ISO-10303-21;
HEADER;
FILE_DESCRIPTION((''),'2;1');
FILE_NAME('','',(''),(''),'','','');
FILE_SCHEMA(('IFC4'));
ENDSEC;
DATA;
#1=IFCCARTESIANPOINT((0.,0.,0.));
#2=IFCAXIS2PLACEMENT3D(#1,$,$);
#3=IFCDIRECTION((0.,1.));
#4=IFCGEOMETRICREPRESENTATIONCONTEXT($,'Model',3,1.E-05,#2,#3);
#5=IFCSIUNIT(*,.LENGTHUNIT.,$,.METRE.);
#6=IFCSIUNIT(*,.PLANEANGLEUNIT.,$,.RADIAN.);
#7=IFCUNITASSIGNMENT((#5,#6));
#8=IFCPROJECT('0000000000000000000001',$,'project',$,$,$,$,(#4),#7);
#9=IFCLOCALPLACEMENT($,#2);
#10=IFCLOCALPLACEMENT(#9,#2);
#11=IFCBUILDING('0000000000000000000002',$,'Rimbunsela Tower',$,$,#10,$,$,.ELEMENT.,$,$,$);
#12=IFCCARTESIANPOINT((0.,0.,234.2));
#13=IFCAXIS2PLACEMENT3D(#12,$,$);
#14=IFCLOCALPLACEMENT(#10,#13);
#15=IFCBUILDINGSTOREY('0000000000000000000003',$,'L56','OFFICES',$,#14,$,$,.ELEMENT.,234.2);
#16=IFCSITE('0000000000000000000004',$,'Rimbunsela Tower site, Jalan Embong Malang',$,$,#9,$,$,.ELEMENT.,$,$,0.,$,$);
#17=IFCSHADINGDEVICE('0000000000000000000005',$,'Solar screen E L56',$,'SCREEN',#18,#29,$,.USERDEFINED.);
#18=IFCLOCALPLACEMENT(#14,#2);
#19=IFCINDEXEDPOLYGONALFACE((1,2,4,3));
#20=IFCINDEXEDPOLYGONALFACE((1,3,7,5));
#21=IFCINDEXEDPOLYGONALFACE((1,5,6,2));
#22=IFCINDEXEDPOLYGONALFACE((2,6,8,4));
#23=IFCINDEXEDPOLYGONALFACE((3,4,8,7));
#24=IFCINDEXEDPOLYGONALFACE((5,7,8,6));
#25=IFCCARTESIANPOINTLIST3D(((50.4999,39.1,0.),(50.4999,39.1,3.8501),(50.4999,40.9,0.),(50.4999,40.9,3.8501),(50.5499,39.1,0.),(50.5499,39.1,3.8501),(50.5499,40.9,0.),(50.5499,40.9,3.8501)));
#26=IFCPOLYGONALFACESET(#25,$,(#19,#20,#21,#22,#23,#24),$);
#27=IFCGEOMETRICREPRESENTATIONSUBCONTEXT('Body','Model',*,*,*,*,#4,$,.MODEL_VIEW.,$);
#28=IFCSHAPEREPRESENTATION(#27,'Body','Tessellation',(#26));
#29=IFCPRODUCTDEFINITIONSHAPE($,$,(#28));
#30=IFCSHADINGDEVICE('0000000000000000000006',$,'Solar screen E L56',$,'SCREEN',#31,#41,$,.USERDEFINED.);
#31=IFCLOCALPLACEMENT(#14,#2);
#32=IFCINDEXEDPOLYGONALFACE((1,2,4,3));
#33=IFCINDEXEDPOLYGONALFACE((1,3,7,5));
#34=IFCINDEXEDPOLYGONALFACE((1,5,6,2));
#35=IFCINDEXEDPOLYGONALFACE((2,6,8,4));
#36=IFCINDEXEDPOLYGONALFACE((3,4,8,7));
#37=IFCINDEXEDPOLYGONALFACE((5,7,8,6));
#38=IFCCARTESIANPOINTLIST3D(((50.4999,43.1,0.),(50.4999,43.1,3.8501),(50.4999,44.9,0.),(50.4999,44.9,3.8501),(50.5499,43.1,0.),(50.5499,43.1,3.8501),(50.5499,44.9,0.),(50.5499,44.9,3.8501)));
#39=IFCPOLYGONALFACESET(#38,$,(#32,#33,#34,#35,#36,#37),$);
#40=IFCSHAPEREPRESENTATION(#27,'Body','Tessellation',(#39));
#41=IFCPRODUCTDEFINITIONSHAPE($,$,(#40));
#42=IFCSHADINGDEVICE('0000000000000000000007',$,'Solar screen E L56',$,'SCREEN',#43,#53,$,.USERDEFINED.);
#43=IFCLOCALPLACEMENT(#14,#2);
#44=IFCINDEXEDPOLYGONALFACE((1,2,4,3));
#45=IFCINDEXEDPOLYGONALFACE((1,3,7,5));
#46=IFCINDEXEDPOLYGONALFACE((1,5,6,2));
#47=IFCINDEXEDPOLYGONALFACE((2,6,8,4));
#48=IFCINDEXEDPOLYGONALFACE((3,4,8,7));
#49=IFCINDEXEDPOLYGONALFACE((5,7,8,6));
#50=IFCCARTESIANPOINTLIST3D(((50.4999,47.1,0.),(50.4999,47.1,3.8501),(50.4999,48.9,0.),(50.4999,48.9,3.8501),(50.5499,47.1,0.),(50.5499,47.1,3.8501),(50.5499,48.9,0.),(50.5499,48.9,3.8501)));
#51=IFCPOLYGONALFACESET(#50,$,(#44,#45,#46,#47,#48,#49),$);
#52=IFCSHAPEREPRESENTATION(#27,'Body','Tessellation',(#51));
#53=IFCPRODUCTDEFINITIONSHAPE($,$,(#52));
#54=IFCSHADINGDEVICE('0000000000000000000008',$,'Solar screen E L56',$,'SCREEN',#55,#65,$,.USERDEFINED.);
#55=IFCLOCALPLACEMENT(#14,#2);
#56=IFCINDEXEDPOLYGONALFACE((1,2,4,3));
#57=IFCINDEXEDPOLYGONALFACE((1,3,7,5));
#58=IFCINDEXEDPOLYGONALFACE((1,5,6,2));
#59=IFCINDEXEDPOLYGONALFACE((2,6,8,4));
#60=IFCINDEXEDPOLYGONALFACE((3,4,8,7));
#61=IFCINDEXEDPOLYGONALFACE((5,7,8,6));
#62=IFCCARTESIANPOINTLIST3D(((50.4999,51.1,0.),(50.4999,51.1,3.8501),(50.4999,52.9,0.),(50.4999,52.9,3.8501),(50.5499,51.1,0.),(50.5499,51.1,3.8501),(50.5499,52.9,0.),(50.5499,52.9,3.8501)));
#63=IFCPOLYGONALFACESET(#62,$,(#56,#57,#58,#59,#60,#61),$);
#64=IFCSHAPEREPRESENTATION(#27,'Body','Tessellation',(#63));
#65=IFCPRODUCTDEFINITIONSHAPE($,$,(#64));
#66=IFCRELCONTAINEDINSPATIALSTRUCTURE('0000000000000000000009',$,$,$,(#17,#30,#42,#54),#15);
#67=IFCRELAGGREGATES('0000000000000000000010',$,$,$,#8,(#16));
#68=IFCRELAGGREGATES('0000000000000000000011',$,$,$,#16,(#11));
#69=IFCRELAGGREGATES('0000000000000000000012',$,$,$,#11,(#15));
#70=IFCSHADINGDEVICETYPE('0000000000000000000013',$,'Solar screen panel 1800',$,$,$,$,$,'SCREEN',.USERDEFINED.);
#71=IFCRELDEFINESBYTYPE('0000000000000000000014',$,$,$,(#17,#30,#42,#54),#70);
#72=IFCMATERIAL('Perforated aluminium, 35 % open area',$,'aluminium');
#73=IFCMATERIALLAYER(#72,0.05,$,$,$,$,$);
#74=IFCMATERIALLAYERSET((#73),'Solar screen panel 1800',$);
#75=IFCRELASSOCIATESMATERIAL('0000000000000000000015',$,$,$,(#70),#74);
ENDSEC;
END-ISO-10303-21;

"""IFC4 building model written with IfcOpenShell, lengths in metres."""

from ifc_helpers import new_model, si_unit, direction, frame, origin, origin_2d, place, context, subcontext, project, spatial, rectangle, extrude, material, layer, layer_set, type_object, element, save


model = new_model("IFC4")

# Units and contexts
model_context = context("Model", 3, precision=1e-05, world=origin(), true_north=direction((0.0, 1.0)))
body_context = subcontext(model_context, "Body", "Model", "MODEL_VIEW")
ifc_project = project(units=[si_unit("LENGTHUNIT", "METRE"), si_unit("PLANEANGLEUNIT", "RADIAN")], contexts=[model_context])

# Site, building, storey
site_placement = place(None, origin())
site = spatial("IfcSite", under=ifc_project, at=site_placement, Name="Rimbunsela Tower site, Jalan Embong Malang", CompositionType="ELEMENT", RefElevation=0.0)
building_placement = place(site_placement, origin())
building = spatial("IfcBuilding", under=site, at=building_placement, Name="Rimbunsela Tower", CompositionType="ELEMENT")
storey_placement = place(building_placement, frame((0.0, 0.0, 234.2)))
storey = spatial("IfcBuildingStorey", under=building, at=storey_placement, Name="L56", Description="OFFICES", CompositionType="ELEMENT", Elevation=234.2)

# Shading devices
ifc_material_1 = material(Name="Perforated aluminium, 35 % open area", Category="aluminium")
ifc_layer_1 = layer(ifc_material_1, 0.05)
ifc_layer_set_1 = layer_set([ifc_layer_1], Name="Solar screen panel 1800")
shading_device_type = type_object("IfcShadingDeviceType", Name="Solar screen panel 1800", ElementType="SCREEN", PredefinedType="USERDEFINED", material=ifc_layer_set_1)
for number, where, z_axis, x_axis, name in (
    (1, (50.5249, 40.0, 0.0), (0.0, 0.0, 1.0), (0.0, 1.0, 0.0), "Solar screen E L56"),
    (2, (50.5249, 44.0, 0.0), (0.0, 0.0, 1.0), (0.0, 1.0, 0.0), "Solar screen E L56"),
    (3, (50.5249, 48.0, 0.0), (0.0, 0.0, 1.0), (0.0, 1.0, 0.0), "Solar screen E L56"),
    (4, (50.5249, 52.0, 0.0), (0.0, 0.0, 1.0), (0.0, 1.0, 0.0), "Solar screen E L56"),
):
    element("IfcShadingDevice", number, at=place(storey_placement, frame(where, z_axis=z_axis, x_axis=x_axis)), inside=storey, type_object=shading_device_type, Name=name, ObjectType="SCREEN", PredefinedType="USERDEFINED", context=body_context, shape_type="SweptSolid", body=[
        extrude(rectangle(XDim=1.8, YDim=0.05, at=origin_2d()), origin(), (0.0, 0.0, 1.0), 3.8501),
    ])

save(model, "model.ifc")
